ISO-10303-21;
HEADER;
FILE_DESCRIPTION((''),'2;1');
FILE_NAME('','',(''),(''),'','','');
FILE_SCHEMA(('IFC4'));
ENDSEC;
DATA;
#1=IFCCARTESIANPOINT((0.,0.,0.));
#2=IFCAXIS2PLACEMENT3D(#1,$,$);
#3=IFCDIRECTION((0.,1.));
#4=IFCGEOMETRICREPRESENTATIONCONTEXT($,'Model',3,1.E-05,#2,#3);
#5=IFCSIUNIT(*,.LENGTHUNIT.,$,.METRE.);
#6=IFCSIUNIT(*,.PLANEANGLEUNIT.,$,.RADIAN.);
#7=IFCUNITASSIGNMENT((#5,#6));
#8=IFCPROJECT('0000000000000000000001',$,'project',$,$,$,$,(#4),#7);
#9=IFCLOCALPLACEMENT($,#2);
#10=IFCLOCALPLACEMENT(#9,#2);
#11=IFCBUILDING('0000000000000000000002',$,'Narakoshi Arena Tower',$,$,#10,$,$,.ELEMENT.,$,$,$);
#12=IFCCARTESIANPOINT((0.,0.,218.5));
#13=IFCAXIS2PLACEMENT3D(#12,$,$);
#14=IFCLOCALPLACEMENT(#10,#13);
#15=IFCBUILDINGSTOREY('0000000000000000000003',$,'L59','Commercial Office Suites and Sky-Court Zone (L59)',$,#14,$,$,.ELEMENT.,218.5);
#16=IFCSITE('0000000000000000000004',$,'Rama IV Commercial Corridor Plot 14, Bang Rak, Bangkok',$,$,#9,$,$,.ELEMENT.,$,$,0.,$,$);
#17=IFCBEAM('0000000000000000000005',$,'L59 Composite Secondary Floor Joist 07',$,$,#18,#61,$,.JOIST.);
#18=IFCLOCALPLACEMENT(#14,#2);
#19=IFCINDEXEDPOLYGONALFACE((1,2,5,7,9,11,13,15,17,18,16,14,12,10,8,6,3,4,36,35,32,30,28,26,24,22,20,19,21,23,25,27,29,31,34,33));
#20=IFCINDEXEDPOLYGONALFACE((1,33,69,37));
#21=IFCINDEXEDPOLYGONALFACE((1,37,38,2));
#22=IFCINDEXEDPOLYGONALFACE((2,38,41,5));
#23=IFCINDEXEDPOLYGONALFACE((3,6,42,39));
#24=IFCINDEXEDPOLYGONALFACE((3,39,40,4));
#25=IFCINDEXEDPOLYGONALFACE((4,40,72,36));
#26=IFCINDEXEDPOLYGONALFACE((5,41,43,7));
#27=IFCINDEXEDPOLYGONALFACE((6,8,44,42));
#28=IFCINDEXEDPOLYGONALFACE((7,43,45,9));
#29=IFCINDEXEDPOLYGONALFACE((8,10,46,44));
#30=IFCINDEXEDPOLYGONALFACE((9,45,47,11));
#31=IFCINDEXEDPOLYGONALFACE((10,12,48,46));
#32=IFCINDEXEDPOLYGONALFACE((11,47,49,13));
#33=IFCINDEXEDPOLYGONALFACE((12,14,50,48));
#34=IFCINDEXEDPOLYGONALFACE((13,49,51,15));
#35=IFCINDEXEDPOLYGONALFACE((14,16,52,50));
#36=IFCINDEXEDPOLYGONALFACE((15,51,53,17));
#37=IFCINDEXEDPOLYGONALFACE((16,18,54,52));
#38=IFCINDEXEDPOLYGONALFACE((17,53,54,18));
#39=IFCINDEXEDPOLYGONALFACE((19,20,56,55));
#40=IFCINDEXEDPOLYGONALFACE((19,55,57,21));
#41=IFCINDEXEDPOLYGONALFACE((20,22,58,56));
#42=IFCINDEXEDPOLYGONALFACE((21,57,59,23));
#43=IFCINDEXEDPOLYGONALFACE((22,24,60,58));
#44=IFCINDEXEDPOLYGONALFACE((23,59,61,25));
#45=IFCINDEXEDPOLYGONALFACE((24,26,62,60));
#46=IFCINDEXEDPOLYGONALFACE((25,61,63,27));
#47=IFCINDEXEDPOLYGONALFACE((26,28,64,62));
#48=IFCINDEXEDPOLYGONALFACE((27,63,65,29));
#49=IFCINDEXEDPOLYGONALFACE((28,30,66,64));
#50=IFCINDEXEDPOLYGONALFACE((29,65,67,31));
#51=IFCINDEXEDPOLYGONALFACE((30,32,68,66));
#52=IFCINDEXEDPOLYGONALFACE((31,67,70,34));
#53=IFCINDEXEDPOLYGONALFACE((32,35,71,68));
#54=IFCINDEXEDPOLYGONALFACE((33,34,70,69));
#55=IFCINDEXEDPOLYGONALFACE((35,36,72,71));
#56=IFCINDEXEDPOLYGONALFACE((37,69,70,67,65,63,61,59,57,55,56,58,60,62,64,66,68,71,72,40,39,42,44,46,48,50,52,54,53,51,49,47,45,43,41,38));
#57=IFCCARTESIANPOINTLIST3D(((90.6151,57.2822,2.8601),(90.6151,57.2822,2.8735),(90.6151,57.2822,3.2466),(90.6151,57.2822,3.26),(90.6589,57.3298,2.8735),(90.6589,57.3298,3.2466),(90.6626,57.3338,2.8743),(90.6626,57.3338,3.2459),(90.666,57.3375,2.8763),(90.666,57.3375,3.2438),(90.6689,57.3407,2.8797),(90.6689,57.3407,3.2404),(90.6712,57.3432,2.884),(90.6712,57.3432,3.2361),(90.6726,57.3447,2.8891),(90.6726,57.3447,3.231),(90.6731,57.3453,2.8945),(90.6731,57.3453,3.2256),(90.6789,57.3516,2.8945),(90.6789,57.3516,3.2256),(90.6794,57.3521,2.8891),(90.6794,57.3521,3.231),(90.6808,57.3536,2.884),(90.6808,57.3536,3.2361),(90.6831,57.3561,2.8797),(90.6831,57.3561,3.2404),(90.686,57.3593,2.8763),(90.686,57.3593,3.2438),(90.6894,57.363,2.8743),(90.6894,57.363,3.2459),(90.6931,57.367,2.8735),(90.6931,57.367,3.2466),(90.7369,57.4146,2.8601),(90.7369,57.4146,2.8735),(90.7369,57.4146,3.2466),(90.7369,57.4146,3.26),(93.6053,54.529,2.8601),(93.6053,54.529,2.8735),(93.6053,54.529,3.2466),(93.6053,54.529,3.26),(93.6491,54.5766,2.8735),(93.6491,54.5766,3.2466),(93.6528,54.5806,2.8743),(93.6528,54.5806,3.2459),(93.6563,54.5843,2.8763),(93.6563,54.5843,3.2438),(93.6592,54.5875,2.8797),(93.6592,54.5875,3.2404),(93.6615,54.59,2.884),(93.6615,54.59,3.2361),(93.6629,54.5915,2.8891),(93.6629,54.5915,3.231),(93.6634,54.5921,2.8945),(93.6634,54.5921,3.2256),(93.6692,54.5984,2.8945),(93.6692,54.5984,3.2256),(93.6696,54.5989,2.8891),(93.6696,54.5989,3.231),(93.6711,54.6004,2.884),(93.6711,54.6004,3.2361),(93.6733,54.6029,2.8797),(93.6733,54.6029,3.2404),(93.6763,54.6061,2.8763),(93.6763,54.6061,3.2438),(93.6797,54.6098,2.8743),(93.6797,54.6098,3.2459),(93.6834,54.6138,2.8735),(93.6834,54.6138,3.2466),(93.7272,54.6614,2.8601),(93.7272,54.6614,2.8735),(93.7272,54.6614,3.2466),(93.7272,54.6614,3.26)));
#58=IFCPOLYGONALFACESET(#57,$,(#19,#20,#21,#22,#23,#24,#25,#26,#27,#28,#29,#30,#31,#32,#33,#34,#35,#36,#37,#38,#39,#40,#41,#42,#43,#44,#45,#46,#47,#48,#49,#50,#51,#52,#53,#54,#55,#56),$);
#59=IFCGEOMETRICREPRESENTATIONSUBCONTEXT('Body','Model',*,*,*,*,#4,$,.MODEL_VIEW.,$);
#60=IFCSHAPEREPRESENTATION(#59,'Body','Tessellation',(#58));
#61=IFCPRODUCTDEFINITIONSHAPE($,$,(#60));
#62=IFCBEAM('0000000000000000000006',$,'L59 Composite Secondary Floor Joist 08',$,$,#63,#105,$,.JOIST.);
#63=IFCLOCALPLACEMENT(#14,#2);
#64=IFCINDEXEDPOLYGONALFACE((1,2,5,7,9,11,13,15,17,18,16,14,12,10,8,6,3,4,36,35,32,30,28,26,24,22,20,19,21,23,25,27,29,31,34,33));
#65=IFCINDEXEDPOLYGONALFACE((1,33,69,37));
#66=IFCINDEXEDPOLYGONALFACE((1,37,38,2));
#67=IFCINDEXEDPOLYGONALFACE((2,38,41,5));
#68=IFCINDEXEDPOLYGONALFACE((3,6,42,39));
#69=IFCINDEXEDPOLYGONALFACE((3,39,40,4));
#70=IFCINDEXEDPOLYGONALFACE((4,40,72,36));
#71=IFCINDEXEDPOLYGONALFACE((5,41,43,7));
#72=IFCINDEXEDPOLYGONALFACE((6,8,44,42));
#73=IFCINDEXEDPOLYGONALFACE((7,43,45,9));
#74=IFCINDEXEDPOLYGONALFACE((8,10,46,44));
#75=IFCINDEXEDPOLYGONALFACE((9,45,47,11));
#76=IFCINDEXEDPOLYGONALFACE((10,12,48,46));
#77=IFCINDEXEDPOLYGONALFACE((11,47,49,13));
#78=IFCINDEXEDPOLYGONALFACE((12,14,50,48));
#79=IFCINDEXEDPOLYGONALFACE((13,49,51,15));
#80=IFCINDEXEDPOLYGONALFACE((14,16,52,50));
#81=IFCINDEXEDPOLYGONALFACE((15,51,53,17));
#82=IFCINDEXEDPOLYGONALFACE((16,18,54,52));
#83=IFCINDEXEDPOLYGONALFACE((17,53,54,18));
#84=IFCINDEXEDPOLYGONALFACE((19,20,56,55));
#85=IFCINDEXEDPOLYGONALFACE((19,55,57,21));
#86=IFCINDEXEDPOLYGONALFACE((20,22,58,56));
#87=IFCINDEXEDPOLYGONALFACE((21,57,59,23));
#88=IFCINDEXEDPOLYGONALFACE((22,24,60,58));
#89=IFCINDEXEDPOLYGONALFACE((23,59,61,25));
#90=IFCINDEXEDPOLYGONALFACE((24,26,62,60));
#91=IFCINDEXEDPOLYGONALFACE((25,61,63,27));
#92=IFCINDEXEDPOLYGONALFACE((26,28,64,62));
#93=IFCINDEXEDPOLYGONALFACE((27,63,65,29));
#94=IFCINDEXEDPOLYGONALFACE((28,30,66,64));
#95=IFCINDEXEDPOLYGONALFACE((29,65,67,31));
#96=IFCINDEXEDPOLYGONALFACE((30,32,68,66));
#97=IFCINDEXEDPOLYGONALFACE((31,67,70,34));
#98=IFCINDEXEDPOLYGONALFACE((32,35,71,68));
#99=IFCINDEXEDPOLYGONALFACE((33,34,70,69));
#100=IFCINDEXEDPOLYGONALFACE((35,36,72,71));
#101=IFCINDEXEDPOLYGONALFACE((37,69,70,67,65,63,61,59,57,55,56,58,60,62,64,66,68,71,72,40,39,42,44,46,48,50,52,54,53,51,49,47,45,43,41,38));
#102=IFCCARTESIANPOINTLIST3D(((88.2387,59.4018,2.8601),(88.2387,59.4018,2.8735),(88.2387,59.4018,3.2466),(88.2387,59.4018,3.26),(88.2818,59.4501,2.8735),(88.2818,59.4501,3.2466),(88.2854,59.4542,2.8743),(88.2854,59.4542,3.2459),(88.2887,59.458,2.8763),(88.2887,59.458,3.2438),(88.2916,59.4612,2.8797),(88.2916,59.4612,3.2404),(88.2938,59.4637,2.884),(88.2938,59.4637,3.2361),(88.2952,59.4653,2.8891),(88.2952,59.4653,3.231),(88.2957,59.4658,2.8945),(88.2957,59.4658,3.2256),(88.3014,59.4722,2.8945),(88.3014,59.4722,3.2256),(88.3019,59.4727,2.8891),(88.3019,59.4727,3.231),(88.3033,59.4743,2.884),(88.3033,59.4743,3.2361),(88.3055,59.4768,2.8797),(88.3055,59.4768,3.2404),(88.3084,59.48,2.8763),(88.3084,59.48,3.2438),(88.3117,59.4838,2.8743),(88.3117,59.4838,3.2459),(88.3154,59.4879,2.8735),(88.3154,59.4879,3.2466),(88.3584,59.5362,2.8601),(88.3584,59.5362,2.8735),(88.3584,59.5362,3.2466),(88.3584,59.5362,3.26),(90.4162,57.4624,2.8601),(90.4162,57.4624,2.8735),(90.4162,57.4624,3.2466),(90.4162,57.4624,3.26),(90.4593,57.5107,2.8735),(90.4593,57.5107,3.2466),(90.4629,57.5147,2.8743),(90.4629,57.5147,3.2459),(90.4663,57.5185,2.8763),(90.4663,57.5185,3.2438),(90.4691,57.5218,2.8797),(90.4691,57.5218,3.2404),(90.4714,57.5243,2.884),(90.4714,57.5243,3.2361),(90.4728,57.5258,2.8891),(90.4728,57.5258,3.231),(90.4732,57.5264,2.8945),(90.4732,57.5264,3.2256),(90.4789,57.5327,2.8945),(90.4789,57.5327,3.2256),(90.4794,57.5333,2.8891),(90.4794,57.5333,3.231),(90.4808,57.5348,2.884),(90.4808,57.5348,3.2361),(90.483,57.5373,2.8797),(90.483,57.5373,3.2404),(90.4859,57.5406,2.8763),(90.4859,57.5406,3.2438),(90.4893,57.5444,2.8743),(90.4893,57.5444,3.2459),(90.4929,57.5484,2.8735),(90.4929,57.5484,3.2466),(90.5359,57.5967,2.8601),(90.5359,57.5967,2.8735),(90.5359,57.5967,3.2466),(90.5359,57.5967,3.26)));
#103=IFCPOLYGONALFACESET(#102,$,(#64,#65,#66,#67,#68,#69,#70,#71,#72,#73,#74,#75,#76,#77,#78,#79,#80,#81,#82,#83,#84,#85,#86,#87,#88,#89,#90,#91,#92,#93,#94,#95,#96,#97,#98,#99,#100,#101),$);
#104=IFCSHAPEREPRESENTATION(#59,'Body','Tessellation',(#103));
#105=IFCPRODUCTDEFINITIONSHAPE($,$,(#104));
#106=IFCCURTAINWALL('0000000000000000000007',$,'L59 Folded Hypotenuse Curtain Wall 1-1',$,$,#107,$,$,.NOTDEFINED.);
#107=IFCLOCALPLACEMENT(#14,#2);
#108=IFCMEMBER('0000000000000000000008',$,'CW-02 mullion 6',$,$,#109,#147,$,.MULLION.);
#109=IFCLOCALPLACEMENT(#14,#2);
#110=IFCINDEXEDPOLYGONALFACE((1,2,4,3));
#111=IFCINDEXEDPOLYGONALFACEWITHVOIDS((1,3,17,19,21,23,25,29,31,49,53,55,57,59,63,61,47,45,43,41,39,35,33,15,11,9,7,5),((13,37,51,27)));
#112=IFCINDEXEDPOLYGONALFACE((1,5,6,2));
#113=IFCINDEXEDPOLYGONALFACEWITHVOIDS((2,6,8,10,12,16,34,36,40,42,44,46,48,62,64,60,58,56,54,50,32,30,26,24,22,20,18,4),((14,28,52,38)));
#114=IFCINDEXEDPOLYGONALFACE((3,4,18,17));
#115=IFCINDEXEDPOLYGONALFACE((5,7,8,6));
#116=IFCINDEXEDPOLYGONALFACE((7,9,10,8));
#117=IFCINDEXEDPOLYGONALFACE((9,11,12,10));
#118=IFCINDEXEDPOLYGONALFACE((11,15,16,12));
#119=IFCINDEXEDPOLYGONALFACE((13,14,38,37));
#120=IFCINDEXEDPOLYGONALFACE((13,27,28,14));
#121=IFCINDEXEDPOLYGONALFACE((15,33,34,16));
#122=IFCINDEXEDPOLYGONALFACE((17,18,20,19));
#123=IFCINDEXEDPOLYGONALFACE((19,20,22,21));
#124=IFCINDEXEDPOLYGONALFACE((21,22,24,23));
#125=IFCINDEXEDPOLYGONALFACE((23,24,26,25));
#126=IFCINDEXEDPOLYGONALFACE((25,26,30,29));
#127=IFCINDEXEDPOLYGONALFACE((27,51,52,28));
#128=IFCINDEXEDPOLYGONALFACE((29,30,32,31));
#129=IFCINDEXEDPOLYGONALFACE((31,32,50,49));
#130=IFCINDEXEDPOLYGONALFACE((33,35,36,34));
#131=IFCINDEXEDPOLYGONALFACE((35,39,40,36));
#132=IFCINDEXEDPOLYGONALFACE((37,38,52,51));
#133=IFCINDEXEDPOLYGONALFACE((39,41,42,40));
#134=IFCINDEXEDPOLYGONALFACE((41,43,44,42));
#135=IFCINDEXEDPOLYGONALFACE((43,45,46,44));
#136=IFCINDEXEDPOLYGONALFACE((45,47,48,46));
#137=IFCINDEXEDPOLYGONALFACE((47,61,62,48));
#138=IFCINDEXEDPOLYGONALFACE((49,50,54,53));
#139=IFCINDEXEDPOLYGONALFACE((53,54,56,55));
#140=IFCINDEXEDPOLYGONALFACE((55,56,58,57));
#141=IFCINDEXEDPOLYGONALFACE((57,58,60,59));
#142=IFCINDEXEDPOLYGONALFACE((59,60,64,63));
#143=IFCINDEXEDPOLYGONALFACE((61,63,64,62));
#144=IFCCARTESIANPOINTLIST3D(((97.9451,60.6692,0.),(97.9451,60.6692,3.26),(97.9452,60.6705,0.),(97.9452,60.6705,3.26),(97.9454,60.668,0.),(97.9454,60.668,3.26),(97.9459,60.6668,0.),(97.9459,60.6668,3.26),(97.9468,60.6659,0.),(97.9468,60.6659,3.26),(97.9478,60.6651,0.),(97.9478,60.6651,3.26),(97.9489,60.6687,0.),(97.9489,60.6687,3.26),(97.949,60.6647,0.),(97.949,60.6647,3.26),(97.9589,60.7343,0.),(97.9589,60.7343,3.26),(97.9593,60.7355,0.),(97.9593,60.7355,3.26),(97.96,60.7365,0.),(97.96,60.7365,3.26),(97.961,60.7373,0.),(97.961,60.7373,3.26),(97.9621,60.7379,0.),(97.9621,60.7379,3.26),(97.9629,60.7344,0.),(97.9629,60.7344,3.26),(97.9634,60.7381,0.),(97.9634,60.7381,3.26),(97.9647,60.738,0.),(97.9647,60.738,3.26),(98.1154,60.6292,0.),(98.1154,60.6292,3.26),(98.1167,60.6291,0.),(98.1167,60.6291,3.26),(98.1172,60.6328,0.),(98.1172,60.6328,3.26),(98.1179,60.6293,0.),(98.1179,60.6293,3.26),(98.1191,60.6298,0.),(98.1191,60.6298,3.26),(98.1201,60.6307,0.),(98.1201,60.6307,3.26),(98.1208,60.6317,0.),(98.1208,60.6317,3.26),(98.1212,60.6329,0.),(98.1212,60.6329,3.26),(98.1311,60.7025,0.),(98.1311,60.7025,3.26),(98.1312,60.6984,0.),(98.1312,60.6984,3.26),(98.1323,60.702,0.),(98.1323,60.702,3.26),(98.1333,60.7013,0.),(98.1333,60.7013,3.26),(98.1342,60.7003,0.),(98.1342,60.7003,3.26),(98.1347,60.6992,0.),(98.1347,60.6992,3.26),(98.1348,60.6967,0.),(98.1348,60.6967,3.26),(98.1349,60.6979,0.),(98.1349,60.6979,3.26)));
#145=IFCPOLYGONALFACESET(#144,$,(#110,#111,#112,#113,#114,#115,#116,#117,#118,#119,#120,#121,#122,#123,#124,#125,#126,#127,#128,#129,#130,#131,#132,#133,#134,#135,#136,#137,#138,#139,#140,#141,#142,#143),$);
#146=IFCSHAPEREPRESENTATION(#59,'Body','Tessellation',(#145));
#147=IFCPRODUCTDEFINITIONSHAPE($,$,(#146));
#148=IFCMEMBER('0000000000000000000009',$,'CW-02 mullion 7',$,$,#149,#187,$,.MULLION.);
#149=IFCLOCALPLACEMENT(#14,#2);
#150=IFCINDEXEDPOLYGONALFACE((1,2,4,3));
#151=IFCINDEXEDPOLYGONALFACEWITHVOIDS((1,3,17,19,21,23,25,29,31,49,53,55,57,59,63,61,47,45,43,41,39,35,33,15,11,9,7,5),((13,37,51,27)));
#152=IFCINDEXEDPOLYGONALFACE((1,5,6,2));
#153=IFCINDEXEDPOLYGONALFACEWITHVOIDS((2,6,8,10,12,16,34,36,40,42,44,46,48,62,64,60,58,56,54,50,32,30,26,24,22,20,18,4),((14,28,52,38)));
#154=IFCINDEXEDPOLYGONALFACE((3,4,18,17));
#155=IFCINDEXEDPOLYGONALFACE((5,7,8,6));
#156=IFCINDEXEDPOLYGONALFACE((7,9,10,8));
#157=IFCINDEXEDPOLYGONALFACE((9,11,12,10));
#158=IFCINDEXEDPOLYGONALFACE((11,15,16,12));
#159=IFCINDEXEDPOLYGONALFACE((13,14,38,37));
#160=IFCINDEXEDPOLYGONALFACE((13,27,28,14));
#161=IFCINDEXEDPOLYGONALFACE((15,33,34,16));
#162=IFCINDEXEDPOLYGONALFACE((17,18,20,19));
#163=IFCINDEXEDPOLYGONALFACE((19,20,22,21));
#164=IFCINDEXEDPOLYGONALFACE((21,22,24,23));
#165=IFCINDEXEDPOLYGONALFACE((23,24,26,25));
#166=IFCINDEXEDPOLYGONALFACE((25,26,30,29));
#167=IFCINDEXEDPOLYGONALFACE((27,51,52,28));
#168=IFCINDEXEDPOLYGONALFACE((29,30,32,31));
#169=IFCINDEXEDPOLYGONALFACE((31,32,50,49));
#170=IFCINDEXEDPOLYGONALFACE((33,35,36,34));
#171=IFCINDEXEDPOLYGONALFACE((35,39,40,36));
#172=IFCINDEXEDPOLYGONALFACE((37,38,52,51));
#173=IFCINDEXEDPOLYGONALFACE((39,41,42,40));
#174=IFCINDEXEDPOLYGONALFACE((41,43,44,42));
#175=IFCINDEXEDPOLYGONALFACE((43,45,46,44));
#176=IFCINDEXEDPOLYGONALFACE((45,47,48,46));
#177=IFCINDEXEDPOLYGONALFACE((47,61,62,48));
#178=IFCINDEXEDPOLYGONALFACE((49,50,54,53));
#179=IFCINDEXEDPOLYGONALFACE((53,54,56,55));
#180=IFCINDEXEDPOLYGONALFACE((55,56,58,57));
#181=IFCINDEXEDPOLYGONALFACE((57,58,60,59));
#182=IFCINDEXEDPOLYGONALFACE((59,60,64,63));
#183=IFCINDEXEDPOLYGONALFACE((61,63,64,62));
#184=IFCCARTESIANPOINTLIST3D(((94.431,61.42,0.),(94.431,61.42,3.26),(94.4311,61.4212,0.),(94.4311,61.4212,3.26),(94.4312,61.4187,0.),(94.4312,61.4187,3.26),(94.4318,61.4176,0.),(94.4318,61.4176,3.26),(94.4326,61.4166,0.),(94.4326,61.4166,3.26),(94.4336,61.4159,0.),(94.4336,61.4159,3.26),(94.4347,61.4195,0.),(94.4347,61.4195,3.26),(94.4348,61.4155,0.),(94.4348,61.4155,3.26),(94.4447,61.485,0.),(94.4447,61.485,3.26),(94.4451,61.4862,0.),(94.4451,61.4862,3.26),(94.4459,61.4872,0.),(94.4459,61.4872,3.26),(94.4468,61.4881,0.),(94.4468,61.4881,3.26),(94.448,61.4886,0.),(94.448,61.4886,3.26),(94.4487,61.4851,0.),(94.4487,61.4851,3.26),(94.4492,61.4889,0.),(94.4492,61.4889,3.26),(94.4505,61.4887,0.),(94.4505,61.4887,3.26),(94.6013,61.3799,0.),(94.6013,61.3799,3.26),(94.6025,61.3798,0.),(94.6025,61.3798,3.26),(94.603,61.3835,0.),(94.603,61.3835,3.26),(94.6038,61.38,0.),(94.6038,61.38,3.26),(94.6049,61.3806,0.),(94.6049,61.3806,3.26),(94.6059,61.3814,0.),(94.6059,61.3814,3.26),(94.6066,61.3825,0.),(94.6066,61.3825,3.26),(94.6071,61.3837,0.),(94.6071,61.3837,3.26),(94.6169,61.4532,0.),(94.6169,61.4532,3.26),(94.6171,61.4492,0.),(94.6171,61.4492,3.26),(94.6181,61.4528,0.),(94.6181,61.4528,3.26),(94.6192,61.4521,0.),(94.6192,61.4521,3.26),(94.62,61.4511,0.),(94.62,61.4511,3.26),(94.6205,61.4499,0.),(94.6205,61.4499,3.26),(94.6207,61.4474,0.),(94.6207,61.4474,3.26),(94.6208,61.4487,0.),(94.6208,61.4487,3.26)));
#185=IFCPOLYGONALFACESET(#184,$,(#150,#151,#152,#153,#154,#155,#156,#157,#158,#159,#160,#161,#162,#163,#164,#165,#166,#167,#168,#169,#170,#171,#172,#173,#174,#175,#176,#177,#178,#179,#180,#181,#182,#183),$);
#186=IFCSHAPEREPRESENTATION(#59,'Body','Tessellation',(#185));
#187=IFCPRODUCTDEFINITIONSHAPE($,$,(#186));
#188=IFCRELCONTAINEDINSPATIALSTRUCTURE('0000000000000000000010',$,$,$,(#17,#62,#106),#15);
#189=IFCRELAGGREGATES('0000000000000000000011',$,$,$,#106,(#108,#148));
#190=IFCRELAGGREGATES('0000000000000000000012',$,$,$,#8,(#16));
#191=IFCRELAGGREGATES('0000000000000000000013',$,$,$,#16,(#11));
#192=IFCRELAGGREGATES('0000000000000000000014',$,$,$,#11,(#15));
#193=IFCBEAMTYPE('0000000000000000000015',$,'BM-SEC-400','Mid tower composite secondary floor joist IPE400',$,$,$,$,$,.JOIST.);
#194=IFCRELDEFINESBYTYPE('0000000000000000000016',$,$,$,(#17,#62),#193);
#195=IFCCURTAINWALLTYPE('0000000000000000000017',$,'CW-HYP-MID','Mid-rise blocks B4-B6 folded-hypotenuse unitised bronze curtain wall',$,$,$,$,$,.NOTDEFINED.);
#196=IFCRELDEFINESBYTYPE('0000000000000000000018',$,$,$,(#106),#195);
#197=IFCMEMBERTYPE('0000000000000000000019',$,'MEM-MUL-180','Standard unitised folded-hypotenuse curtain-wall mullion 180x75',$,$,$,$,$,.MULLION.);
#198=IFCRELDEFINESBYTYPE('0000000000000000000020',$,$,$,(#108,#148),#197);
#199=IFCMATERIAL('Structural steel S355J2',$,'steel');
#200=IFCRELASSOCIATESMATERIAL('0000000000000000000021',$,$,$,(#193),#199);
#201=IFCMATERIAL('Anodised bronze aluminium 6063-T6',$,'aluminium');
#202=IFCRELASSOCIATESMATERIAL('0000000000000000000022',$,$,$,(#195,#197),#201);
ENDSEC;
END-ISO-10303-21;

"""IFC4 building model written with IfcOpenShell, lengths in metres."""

from ifc_helpers import new_model, si_unit, direction, frame, origin, origin_2d, place, context, subcontext, project, spatial, hollow_rectangle, i_section, extrude, material, material_profile, profile_set, type_object, element, aggregate, save


model = new_model("IFC4")

# Units and contexts
model_context = context("Model", 3, precision=1e-05, world=origin(), true_north=direction((0.0, 1.0)))
body_context = subcontext(model_context, "Body", "Model", "MODEL_VIEW")
ifc_project = project(units=[si_unit("LENGTHUNIT", "METRE"), si_unit("PLANEANGLEUNIT", "RADIAN")], contexts=[model_context])

# Site, building, storey
site_placement = place(None, origin())
site = spatial("IfcSite", under=ifc_project, at=site_placement, Name="Rama IV Commercial Corridor Plot 14, Bang Rak, Bangkok", CompositionType="ELEMENT", RefElevation=0.0)
building_placement = place(site_placement, origin())
building = spatial("IfcBuilding", under=site, at=building_placement, Name="Narakoshi Arena Tower", CompositionType="ELEMENT")
storey_placement = place(building_placement, frame((0.0, 0.0, 218.5)))
storey = spatial("IfcBuildingStorey", under=building, at=storey_placement, Name="L59", Description="Commercial Office Suites and Sky-Court Zone (L59)", CompositionType="ELEMENT", Elevation=218.5)

# Beams
ifc_material_1 = material(Name="Structural steel S355J2", Category="steel")
ifc_material_profile_1 = material_profile(ifc_material_1, i_section(OverallWidth=0.1799, OverallDepth=0.3999, WebThickness=0.0085, FlangeThickness=0.0134, FilletRadius=0.021, at=origin_2d()), Name="IPE400")
ifc_profile_set_1 = profile_set([ifc_material_profile_1], Name="Structural steel S355J2")
beam_type_1 = type_object("IfcBeamType", Name="BM-SEC-400", Description="Mid tower composite secondary floor joist IPE400", PredefinedType="JOIST", material=ifc_profile_set_1)
beam_1_placement = place(storey_placement, frame((93.6663, 54.5952, 3.0601), z_axis=(-0.735666, 0.677344, 0.0), x_axis=(-0.677344, -0.735666, 0.0)))
element("IfcBeam", 1, at=beam_1_placement, inside=storey, type_object=beam_type_1, Name="L59 Composite Secondary Floor Joist 07", PredefinedType="JOIST", context=body_context, shape_type="SweptSolid", body=[
    extrude(i_section(OverallWidth=0.1799, OverallDepth=0.3999, WebThickness=0.0085, FlangeThickness=0.0134, FilletRadius=0.021, at=origin_2d()), origin(), (0.0, 0.0, 1.0), 4.0647),
])
beam_2_placement = place(storey_placement, frame((90.4761, 57.5295, 3.0601), z_axis=(-0.746744, 0.665112, 0.0), x_axis=(-0.665112, -0.746744, 0.0)))
element("IfcBeam", 2, at=beam_2_placement, inside=storey, type_object=beam_type_1, Name="L59 Composite Secondary Floor Joist 08", PredefinedType="JOIST", context=body_context, shape_type="SweptSolid", body=[
    extrude(i_section(OverallWidth=0.1799, OverallDepth=0.3999, WebThickness=0.0085, FlangeThickness=0.0134, FilletRadius=0.021, at=origin_2d()), origin(), (0.0, 0.0, 1.0), 2.916),
])

# Curtain wall, members
ifc_material_2 = material(Name="Anodised bronze aluminium 6063-T6", Category="aluminium")
curtain_wall_type = type_object("IfcCurtainWallType", Name="CW-HYP-MID", Description="Mid-rise blocks B4-B6 folded-hypotenuse unitised bronze curtain wall", PredefinedType="NOTDEFINED", material=ifc_material_2)
curtain_wall_placement = place(storey_placement, origin())
curtain_wall = element("IfcCurtainWall", 3, at=curtain_wall_placement, inside=storey, type_object=curtain_wall_type, Name="L59 Folded Hypotenuse Curtain Wall 1-1", PredefinedType="NOTDEFINED")
ifc_material_profile_2 = material_profile(ifc_material_2, hollow_rectangle(XDim=0.075, YDim=0.1799, WallThickness=0.0039, OuterFilletRadius=0.0049, at=origin_2d()), Name="MUL180x75x4")
ifc_profile_set_2 = profile_set([ifc_material_profile_2], Name="Anodised bronze aluminium 6063-T6")
member_type_1 = type_object("IfcMemberType", Name="MEM-MUL-180", Description="Standard unitised folded-hypotenuse curtain-wall mullion 180x75", PredefinedType="MULLION", material=ifc_profile_set_2)
member_1_placement = place(storey_placement, frame((98.04, 60.6836, 0.0), z_axis=(0.0, 0.0, 1.0), x_axis=(-0.208899, -0.977937, 0.0)))
member_1 = element("IfcMember", 4, at=member_1_placement, type_object=member_type_1, Name="CW-02 mullion 6", PredefinedType="MULLION", context=body_context, shape_type="SweptSolid", body=[
    extrude(hollow_rectangle(XDim=0.075, YDim=0.1799, WallThickness=0.0039, OuterFilletRadius=0.0049, at=origin_2d()), origin(), (0.0, 0.0, 1.0), 3.26),
])
member_2_placement = place(storey_placement, frame((94.5259, 61.4343, 0.0), z_axis=(0.0, 0.0, 1.0), x_axis=(-0.208899, -0.977937, 0.0)))
member_2 = element("IfcMember", 5, at=member_2_placement, type_object=member_type_1, Name="CW-02 mullion 7", PredefinedType="MULLION", context=body_context, shape_type="SweptSolid", body=[
    extrude(hollow_rectangle(XDim=0.075, YDim=0.1799, WallThickness=0.0039, OuterFilletRadius=0.0049, at=origin_2d()), origin(), (0.0, 0.0, 1.0), 3.26),
])
aggregate(curtain_wall, [member_1, member_2])

save(model, "model.ifc")
